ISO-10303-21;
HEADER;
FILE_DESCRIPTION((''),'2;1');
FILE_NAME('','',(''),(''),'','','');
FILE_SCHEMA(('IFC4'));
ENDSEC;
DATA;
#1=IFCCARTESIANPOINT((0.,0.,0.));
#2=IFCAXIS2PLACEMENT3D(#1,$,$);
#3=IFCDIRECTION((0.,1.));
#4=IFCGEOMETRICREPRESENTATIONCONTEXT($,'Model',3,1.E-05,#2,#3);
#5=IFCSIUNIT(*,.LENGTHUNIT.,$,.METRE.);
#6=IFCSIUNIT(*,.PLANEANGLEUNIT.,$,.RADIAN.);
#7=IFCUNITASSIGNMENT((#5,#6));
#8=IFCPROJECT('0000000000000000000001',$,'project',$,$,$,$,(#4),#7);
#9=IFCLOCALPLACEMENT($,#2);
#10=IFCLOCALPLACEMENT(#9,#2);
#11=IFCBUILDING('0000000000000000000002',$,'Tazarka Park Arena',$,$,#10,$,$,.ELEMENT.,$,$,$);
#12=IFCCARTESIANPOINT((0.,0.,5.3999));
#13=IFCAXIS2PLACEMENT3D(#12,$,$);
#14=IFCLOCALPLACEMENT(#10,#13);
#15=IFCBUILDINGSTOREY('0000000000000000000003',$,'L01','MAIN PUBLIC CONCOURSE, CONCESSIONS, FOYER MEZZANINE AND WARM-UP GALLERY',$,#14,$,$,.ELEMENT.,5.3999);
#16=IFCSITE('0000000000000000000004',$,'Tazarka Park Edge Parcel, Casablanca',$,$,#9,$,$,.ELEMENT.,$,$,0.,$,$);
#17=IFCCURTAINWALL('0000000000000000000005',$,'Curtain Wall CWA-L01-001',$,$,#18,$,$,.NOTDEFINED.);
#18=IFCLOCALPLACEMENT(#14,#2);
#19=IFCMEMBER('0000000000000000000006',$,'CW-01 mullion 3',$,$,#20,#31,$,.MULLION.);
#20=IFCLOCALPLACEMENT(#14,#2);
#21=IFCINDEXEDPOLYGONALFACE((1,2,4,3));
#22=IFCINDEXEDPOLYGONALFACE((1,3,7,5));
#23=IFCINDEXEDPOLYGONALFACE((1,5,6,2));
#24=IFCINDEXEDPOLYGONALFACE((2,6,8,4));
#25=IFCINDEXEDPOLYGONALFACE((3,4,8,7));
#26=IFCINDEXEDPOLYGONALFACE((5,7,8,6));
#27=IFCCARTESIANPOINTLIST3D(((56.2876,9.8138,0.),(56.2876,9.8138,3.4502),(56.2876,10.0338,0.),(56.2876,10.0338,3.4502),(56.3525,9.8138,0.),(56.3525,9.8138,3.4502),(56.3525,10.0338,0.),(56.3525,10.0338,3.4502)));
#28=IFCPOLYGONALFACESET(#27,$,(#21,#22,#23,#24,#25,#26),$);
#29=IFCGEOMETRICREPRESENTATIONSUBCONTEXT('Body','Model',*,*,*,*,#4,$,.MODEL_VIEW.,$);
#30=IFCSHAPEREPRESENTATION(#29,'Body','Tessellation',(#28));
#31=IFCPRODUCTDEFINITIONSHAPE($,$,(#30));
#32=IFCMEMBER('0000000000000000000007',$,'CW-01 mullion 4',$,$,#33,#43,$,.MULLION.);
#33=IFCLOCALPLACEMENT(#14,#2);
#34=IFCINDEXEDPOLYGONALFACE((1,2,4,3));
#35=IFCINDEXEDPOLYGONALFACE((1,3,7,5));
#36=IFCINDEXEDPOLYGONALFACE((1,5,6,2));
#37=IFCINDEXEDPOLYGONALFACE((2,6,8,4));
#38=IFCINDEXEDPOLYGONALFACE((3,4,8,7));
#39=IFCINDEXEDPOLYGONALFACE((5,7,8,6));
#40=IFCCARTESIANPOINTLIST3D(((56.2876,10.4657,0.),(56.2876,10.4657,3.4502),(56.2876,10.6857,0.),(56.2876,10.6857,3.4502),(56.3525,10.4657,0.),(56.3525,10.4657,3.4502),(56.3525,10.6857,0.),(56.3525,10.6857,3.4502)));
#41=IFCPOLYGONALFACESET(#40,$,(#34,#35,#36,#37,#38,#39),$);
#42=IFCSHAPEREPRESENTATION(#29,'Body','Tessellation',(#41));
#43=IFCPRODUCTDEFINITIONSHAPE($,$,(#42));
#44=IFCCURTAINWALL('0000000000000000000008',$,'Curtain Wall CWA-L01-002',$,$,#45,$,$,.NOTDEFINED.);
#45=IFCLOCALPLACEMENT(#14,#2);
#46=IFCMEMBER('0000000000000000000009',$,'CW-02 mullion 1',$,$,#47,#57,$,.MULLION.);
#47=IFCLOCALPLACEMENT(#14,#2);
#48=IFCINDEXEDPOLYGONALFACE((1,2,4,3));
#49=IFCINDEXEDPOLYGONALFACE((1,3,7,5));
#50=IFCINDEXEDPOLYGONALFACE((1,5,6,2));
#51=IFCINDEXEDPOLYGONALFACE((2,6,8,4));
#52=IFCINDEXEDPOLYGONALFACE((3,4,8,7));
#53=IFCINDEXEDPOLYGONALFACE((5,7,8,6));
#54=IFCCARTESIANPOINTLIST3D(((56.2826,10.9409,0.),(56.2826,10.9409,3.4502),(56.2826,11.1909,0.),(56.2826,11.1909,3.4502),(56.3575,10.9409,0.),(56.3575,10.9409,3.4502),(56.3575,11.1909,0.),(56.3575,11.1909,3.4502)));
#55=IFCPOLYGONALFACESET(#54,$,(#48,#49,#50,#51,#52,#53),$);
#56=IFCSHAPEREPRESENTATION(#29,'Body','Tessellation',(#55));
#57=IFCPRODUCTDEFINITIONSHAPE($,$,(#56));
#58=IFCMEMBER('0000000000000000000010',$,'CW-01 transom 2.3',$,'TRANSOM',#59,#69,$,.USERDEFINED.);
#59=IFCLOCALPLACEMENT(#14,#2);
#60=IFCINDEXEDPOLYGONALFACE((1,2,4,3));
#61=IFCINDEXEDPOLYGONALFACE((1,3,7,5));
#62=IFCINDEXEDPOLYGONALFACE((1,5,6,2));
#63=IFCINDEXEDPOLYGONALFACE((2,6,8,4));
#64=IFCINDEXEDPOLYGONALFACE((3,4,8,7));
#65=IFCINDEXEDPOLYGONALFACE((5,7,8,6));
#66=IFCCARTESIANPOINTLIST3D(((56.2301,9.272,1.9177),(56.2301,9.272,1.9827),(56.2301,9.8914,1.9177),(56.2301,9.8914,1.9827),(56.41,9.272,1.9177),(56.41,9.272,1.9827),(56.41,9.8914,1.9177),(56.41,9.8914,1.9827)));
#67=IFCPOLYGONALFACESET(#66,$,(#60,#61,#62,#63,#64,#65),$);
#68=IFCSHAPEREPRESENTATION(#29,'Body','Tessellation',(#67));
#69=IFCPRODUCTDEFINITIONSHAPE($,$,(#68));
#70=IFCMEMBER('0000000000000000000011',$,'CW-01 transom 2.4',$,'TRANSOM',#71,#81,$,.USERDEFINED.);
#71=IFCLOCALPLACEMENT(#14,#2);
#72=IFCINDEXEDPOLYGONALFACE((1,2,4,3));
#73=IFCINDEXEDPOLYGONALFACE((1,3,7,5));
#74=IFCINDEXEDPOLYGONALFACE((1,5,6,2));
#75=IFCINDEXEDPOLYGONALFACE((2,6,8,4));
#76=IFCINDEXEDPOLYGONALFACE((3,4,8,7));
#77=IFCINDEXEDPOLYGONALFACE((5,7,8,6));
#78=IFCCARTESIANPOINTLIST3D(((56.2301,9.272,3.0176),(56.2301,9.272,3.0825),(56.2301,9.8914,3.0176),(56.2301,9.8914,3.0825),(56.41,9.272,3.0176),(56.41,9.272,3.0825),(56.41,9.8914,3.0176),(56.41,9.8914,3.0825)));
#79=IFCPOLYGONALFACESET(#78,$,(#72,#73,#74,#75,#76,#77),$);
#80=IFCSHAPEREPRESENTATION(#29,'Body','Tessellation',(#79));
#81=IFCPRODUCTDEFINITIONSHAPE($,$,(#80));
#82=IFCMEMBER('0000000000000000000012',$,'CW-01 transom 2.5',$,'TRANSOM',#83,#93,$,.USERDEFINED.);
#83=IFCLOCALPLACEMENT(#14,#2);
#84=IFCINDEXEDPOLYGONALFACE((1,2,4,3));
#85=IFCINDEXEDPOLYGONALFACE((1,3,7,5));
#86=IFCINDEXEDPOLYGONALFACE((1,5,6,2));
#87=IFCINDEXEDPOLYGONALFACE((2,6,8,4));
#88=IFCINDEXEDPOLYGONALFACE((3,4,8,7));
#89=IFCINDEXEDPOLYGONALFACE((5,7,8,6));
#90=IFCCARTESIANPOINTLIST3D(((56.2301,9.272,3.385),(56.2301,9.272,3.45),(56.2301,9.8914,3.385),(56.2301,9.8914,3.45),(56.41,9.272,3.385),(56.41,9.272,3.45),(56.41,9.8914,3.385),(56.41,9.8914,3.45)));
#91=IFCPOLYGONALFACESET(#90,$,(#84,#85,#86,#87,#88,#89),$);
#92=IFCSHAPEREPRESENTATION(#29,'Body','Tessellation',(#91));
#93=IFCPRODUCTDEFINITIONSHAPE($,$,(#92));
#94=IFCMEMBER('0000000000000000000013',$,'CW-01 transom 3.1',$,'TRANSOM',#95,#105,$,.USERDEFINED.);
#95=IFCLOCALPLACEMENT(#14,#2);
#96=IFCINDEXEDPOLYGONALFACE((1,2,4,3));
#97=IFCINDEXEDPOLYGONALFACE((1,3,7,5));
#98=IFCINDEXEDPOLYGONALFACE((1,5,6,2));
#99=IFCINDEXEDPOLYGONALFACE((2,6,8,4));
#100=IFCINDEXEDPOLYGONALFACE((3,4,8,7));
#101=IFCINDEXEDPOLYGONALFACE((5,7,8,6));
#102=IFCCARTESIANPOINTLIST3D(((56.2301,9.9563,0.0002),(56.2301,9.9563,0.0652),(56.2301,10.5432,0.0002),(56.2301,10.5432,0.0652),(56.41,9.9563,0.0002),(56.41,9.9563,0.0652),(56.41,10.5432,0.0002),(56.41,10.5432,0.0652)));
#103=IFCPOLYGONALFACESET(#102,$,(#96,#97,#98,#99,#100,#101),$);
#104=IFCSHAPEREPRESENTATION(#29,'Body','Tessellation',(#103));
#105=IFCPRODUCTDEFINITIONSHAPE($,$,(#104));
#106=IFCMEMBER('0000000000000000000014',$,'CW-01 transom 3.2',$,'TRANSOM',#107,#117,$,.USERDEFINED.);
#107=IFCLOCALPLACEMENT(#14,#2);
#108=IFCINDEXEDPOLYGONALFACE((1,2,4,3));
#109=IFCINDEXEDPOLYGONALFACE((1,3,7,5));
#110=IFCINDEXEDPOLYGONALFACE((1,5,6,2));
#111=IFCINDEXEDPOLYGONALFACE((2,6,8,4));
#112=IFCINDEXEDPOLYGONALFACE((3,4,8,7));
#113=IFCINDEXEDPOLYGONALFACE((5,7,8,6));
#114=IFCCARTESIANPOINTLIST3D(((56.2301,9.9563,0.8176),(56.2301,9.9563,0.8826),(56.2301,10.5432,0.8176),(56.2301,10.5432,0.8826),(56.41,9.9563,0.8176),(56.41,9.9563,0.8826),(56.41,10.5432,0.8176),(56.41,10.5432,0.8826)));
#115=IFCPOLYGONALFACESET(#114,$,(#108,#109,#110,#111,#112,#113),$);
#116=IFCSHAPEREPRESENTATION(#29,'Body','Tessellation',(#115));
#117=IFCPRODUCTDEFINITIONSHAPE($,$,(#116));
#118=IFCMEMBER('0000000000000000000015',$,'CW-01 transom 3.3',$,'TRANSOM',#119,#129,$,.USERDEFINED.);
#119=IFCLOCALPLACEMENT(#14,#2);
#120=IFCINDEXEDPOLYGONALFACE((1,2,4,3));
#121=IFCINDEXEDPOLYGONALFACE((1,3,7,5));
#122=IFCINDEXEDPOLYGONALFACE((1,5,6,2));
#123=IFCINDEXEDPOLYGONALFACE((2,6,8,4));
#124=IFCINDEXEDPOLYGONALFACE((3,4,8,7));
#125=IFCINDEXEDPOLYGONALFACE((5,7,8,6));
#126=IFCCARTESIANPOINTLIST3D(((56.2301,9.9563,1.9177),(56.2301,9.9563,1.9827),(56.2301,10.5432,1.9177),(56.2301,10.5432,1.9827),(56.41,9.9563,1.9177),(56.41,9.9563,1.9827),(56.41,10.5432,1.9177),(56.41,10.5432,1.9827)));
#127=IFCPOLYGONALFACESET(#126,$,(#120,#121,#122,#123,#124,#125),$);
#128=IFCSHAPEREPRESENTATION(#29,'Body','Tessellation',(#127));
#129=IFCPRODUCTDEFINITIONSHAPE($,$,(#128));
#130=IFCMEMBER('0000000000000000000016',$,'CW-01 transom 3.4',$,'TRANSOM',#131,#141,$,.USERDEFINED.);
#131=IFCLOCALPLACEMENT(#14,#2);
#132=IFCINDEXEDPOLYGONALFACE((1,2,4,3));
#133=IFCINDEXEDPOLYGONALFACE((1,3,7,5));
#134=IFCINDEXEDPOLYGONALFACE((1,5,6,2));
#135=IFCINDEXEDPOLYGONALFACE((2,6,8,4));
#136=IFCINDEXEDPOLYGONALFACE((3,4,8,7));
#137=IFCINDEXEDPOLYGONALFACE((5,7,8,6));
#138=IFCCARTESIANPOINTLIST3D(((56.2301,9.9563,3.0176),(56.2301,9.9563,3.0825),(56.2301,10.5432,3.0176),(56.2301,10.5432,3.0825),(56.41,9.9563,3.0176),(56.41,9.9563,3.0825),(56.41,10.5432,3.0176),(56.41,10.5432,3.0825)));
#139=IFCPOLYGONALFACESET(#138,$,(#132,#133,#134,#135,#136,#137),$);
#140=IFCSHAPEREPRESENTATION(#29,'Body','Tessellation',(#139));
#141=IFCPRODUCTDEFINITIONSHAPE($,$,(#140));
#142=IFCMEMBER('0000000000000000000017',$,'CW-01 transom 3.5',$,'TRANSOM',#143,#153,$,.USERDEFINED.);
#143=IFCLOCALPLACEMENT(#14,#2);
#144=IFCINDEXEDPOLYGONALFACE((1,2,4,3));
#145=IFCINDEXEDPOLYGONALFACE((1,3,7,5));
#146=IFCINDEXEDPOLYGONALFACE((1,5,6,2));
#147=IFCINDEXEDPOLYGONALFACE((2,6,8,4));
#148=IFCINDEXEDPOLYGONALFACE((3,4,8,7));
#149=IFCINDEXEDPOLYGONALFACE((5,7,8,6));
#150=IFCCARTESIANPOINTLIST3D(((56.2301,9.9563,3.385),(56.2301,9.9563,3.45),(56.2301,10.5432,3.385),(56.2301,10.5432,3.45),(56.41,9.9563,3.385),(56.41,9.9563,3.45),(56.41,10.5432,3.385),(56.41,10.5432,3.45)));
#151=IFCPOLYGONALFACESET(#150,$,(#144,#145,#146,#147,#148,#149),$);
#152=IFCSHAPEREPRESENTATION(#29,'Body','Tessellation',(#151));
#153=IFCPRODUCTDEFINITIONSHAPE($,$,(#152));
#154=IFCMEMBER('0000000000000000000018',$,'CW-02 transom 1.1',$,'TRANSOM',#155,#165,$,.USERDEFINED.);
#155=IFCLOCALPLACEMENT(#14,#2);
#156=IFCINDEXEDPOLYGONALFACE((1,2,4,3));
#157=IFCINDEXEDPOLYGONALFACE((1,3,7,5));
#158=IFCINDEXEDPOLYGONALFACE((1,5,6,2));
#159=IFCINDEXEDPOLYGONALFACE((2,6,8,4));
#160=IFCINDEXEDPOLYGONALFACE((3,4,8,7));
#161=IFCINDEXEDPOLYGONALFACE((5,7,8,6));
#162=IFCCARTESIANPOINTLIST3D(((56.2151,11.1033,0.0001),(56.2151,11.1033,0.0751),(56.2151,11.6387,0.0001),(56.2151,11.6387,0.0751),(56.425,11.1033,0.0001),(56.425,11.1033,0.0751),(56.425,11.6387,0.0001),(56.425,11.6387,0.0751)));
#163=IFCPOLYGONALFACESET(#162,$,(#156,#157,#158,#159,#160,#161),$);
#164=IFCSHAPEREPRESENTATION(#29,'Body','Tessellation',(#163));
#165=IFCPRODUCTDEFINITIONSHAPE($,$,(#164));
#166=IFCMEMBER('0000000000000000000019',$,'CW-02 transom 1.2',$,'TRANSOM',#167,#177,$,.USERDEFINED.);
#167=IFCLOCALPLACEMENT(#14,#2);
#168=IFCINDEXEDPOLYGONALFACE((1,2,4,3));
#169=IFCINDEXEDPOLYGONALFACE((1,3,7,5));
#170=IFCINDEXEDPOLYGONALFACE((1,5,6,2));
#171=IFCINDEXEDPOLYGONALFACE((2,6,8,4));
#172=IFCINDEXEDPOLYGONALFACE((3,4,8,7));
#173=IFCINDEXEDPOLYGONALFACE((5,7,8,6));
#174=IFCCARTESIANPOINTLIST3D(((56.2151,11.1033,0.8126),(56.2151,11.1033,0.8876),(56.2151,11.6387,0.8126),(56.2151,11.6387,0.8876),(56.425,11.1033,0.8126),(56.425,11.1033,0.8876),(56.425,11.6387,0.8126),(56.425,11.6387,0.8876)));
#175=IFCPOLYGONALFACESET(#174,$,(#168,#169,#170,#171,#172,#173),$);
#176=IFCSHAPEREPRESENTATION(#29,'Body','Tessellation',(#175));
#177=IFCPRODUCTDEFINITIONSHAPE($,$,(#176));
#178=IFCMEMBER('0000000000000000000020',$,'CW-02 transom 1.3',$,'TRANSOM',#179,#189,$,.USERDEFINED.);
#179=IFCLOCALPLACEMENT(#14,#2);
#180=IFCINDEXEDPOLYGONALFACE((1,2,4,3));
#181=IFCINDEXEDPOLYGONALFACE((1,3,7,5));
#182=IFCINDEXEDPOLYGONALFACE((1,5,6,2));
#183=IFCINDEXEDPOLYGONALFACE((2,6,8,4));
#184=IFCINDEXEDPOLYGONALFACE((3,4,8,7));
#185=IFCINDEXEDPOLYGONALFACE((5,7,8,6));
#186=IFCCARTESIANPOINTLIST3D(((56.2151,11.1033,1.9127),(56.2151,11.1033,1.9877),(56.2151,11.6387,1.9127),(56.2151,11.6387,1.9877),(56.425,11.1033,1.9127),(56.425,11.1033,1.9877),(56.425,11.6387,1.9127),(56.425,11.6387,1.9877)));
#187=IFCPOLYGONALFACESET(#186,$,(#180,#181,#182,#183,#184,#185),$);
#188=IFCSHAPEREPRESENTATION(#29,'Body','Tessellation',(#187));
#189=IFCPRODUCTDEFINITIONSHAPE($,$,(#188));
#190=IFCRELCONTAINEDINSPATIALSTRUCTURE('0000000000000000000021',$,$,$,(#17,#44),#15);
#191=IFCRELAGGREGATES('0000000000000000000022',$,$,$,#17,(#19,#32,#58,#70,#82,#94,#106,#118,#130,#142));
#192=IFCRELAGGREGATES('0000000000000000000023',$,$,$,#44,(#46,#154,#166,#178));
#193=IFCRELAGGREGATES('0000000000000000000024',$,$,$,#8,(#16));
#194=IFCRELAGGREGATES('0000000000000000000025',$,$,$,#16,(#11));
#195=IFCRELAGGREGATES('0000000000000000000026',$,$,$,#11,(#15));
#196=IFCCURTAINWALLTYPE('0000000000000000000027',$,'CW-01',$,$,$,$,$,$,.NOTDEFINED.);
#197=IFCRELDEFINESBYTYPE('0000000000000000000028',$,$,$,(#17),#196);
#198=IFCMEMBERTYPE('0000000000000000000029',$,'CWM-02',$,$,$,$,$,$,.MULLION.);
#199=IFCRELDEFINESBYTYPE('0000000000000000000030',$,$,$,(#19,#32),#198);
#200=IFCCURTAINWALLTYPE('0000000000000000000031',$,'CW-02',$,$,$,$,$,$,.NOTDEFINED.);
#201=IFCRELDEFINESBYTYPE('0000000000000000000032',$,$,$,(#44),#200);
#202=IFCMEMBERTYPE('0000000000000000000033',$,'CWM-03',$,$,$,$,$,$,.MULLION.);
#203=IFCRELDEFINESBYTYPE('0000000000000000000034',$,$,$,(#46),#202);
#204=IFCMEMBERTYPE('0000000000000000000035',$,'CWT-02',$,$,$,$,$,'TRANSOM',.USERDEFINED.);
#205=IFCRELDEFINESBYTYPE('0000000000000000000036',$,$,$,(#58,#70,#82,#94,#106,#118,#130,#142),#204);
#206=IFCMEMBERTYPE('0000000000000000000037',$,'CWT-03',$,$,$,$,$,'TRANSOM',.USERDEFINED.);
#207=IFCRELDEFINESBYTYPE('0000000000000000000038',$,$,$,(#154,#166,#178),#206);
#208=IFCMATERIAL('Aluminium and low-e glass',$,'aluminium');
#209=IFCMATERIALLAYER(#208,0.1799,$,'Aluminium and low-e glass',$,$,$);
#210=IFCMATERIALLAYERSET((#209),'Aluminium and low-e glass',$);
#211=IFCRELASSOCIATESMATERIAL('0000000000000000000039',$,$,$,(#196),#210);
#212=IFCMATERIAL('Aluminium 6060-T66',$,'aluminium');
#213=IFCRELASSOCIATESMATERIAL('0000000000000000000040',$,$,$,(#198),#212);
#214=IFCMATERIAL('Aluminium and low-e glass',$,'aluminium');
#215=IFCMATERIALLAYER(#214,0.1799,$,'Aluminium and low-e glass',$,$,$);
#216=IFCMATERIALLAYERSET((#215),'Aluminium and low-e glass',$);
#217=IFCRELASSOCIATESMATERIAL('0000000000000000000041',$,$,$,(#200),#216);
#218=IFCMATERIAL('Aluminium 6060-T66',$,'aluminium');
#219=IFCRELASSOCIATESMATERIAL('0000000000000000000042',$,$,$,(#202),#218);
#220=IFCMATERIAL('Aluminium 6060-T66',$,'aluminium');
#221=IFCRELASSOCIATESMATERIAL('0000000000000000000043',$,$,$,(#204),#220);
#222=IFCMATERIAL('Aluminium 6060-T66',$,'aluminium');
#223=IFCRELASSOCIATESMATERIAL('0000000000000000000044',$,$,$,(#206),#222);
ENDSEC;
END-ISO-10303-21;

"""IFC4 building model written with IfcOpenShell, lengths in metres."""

from ifc_helpers import new_model, si_unit, direction, frame, origin, origin_2d, place, context, subcontext, project, spatial, rectangle, extrude, material, layer, layer_set, material_profile, profile_set, type_object, element, aggregate, save


model = new_model("IFC4")

# Units and contexts
model_context = context("Model", 3, precision=1e-05, world=origin(), true_north=direction((0.0, 1.0)))
body_context = subcontext(model_context, "Body", "Model", "MODEL_VIEW")
ifc_project = project(units=[si_unit("LENGTHUNIT", "METRE"), si_unit("PLANEANGLEUNIT", "RADIAN")], contexts=[model_context])

# Site, building, storey
site_placement = place(None, origin())
site = spatial("IfcSite", under=ifc_project, at=site_placement, Name="Tazarka Park Edge Parcel, Casablanca", CompositionType="ELEMENT", RefElevation=0.0)
building_placement = place(site_placement, origin())
building = spatial("IfcBuilding", under=site, at=building_placement, Name="Tazarka Park Arena", CompositionType="ELEMENT")
storey_placement = place(building_placement, frame((0.0, 0.0, 5.3999)))
storey = spatial("IfcBuildingStorey", under=building, at=storey_placement, Name="L01", Description="MAIN PUBLIC CONCOURSE, CONCESSIONS, FOYER MEZZANINE AND WARM-UP GALLERY", CompositionType="ELEMENT", Elevation=5.3999)

# Curtain wall, members
ifc_material_1 = material(Name="Aluminium and low-e glass", Category="aluminium")
ifc_layer_1 = layer(ifc_material_1, 0.1799, Name="Aluminium and low-e glass")
ifc_layer_set_1 = layer_set([ifc_layer_1], Name="Aluminium and low-e glass")
curtain_wall_type_1 = type_object("IfcCurtainWallType", Name="CW-01", PredefinedType="NOTDEFINED", material=ifc_layer_set_1)
curtain_wall_1_placement = place(storey_placement, origin())
curtain_wall_1 = element("IfcCurtainWall", 1, at=curtain_wall_1_placement, inside=storey, type_object=curtain_wall_type_1, Name="Curtain Wall CWA-L01-001", PredefinedType="NOTDEFINED")
ifc_material_2 = material(Name="Aluminium 6060-T66", Category="aluminium")
ifc_material_profile_1 = material_profile(ifc_material_2, rectangle(XDim=0.0649, YDim=0.22, at=origin_2d()), Name="Aluminium 6060-T66")
ifc_profile_set_1 = profile_set([ifc_material_profile_1], Name="Aluminium 6060-T66")
member_type_1 = type_object("IfcMemberType", Name="CWM-02", PredefinedType="MULLION", material=ifc_profile_set_1)
member_1_placement = place(storey_placement, frame((56.3201, 9.9238, 0.0), z_axis=(0.0, 0.0, 1.0), x_axis=(-1.0, 0.0, 0.0)))
member_1 = element("IfcMember", 2, at=member_1_placement, type_object=member_type_1, Name="CW-01 mullion 3", PredefinedType="MULLION", context=body_context, shape_type="SweptSolid", body=[
    extrude(rectangle(XDim=0.0649, YDim=0.22, at=origin_2d()), origin(), (0.0, 0.0, 1.0), 3.4502),
])
member_2_placement = place(storey_placement, frame((56.3201, 10.5757, 0.0), z_axis=(0.0, 0.0, 1.0), x_axis=(-1.0, 0.0, 0.0)))
member_2 = element("IfcMember", 3, at=member_2_placement, type_object=member_type_1, Name="CW-01 mullion 4", PredefinedType="MULLION", context=body_context, shape_type="SweptSolid", body=[
    extrude(rectangle(XDim=0.0649, YDim=0.22, at=origin_2d()), origin(), (0.0, 0.0, 1.0), 3.4502),
])

# Curtain wall, member
ifc_material_3 = material(Name="Aluminium and low-e glass", Category="aluminium")
ifc_layer_2 = layer(ifc_material_3, 0.1799, Name="Aluminium and low-e glass")
ifc_layer_set_2 = layer_set([ifc_layer_2], Name="Aluminium and low-e glass")
curtain_wall_type_2 = type_object("IfcCurtainWallType", Name="CW-02", PredefinedType="NOTDEFINED", material=ifc_layer_set_2)
curtain_wall_2_placement = place(storey_placement, origin())
curtain_wall_2 = element("IfcCurtainWall", 4, at=curtain_wall_2_placement, inside=storey, type_object=curtain_wall_type_2, Name="Curtain Wall CWA-L01-002", PredefinedType="NOTDEFINED")
ifc_material_4 = material(Name="Aluminium 6060-T66", Category="aluminium")
ifc_material_profile_2 = material_profile(ifc_material_4, rectangle(XDim=0.075, YDim=0.25, at=origin_2d()), Name="Aluminium 6060-T66")
ifc_profile_set_2 = profile_set([ifc_material_profile_2], Name="Aluminium 6060-T66")
member_type_2 = type_object("IfcMemberType", Name="CWM-03", PredefinedType="MULLION", material=ifc_profile_set_2)
member_3_placement = place(storey_placement, frame((56.3201, 11.0659, 0.0), z_axis=(0.0, 0.0, 1.0), x_axis=(-1.0, 0.0, 0.0)))
member_3 = element("IfcMember", 5, at=member_3_placement, type_object=member_type_2, Name="CW-02 mullion 1", PredefinedType="MULLION", context=body_context, shape_type="SweptSolid", body=[
    extrude(rectangle(XDim=0.075, YDim=0.25, at=origin_2d()), origin(), (0.0, 0.0, 1.0), 3.4502),
])

# Members
ifc_material_5 = material(Name="Aluminium 6060-T66", Category="aluminium")
ifc_material_profile_3 = material_profile(ifc_material_5, rectangle(XDim=0.1799, YDim=0.0649, at=origin_2d()), Name="Aluminium 6060-T66")
ifc_profile_set_3 = profile_set([ifc_material_profile_3], Name="Aluminium 6060-T66")
member_type_3 = type_object("IfcMemberType", Name="CWT-02", ElementType="TRANSOM", PredefinedType="USERDEFINED", material=ifc_profile_set_3)
member_4_placement = place(storey_placement, frame((56.3201, 9.272, 1.9502), z_axis=(0.0, 1.0, 0.0), x_axis=(-1.0, 0.0, 0.0)))
member_4 = element("IfcMember", 6, at=member_4_placement, type_object=member_type_3, Name="CW-01 transom 2.3", ObjectType="TRANSOM", PredefinedType="USERDEFINED", context=body_context, shape_type="SweptSolid", body=[
    extrude(rectangle(XDim=0.1799, YDim=0.0649, at=origin_2d()), origin(), (0.0, 0.0, 1.0), 0.6194),
])
member_5_placement = place(storey_placement, frame((56.3201, 9.272, 3.05), z_axis=(0.0, 1.0, 0.0), x_axis=(-1.0, 0.0, 0.0)))
member_5 = element("IfcMember", 7, at=member_5_placement, type_object=member_type_3, Name="CW-01 transom 2.4", ObjectType="TRANSOM", PredefinedType="USERDEFINED", context=body_context, shape_type="SweptSolid", body=[
    extrude(rectangle(XDim=0.1799, YDim=0.0649, at=origin_2d()), origin(), (0.0, 0.0, 1.0), 0.6194),
])
member_6_placement = place(storey_placement, frame((56.3201, 9.272, 3.4175), z_axis=(0.0, 1.0, 0.0), x_axis=(-1.0, 0.0, 0.0)))
member_6 = element("IfcMember", 8, at=member_6_placement, type_object=member_type_3, Name="CW-01 transom 2.5", ObjectType="TRANSOM", PredefinedType="USERDEFINED", context=body_context, shape_type="SweptSolid", body=[
    extrude(rectangle(XDim=0.1799, YDim=0.0649, at=origin_2d()), origin(), (0.0, 0.0, 1.0), 0.6194),
])
member_7_placement = place(storey_placement, frame((56.3201, 9.9563, 0.0327), z_axis=(0.0, 1.0, 0.0), x_axis=(-1.0, 0.0, 0.0)))
member_7 = element("IfcMember", 9, at=member_7_placement, type_object=member_type_3, Name="CW-01 transom 3.1", ObjectType="TRANSOM", PredefinedType="USERDEFINED", context=body_context, shape_type="SweptSolid", body=[
    extrude(rectangle(XDim=0.1799, YDim=0.0649, at=origin_2d()), origin(), (0.0, 0.0, 1.0), 0.5869),
])
member_8_placement = place(storey_placement, frame((56.3201, 9.9563, 0.8501), z_axis=(0.0, 1.0, 0.0), x_axis=(-1.0, 0.0, 0.0)))
member_8 = element("IfcMember", 10, at=member_8_placement, type_object=member_type_3, Name="CW-01 transom 3.2", ObjectType="TRANSOM", PredefinedType="USERDEFINED", context=body_context, shape_type="SweptSolid", body=[
    extrude(rectangle(XDim=0.1799, YDim=0.0649, at=origin_2d()), origin(), (0.0, 0.0, 1.0), 0.5869),
])
member_9_placement = place(storey_placement, frame((56.3201, 9.9563, 1.9502), z_axis=(0.0, 1.0, 0.0), x_axis=(-1.0, 0.0, 0.0)))
member_9 = element("IfcMember", 11, at=member_9_placement, type_object=member_type_3, Name="CW-01 transom 3.3", ObjectType="TRANSOM", PredefinedType="USERDEFINED", context=body_context, shape_type="SweptSolid", body=[
    extrude(rectangle(XDim=0.1799, YDim=0.0649, at=origin_2d()), origin(), (0.0, 0.0, 1.0), 0.5869),
])
member_10_placement = place(storey_placement, frame((56.3201, 9.9563, 3.05), z_axis=(0.0, 1.0, 0.0), x_axis=(-1.0, 0.0, 0.0)))
member_10 = element("IfcMember", 12, at=member_10_placement, type_object=member_type_3, Name="CW-01 transom 3.4", ObjectType="TRANSOM", PredefinedType="USERDEFINED", context=body_context, shape_type="SweptSolid", body=[
    extrude(rectangle(XDim=0.1799, YDim=0.0649, at=origin_2d()), origin(), (0.0, 0.0, 1.0), 0.5869),
])
member_11_placement = place(storey_placement, frame((56.3201, 9.9563, 3.4175), z_axis=(0.0, 1.0, 0.0), x_axis=(-1.0, 0.0, 0.0)))
member_11 = element("IfcMember", 13, at=member_11_placement, type_object=member_type_3, Name="CW-01 transom 3.5", ObjectType="TRANSOM", PredefinedType="USERDEFINED", context=body_context, shape_type="SweptSolid", body=[
    extrude(rectangle(XDim=0.1799, YDim=0.0649, at=origin_2d()), origin(), (0.0, 0.0, 1.0), 0.5869),
])
ifc_material_6 = material(Name="Aluminium 6060-T66", Category="aluminium")
ifc_material_profile_4 = material_profile(ifc_material_6, rectangle(XDim=0.21, YDim=0.075, at=origin_2d()), Name="Aluminium 6060-T66")
ifc_profile_set_4 = profile_set([ifc_material_profile_4], Name="Aluminium 6060-T66")
member_type_4 = type_object("IfcMemberType", Name="CWT-03", ElementType="TRANSOM", PredefinedType="USERDEFINED", material=ifc_profile_set_4)
member_12_placement = place(storey_placement, frame((56.3201, 11.1033, 0.0376), z_axis=(0.0, 1.0, 0.0), x_axis=(-1.0, 0.0, 0.0)))
member_12 = element("IfcMember", 14, at=member_12_placement, type_object=member_type_4, Name="CW-02 transom 1.1", ObjectType="TRANSOM", PredefinedType="USERDEFINED", context=body_context, shape_type="SweptSolid", body=[
    extrude(rectangle(XDim=0.21, YDim=0.075, at=origin_2d()), origin(), (0.0, 0.0, 1.0), 0.5354),
])
member_13_placement = place(storey_placement, frame((56.3201, 11.1033, 0.8501), z_axis=(0.0, 1.0, 0.0), x_axis=(-1.0, 0.0, 0.0)))
member_13 = element("IfcMember", 15, at=member_13_placement, type_object=member_type_4, Name="CW-02 transom 1.2", ObjectType="TRANSOM", PredefinedType="USERDEFINED", context=body_context, shape_type="SweptSolid", body=[
    extrude(rectangle(XDim=0.21, YDim=0.075, at=origin_2d()), origin(), (0.0, 0.0, 1.0), 0.5354),
])
member_14_placement = place(storey_placement, frame((56.3201, 11.1033, 1.9502), z_axis=(0.0, 1.0, 0.0), x_axis=(-1.0, 0.0, 0.0)))
member_14 = element("IfcMember", 16, at=member_14_placement, type_object=member_type_4, Name="CW-02 transom 1.3", ObjectType="TRANSOM", PredefinedType="USERDEFINED", context=body_context, shape_type="SweptSolid", body=[
    extrude(rectangle(XDim=0.21, YDim=0.075, at=origin_2d()), origin(), (0.0, 0.0, 1.0), 0.5354),
])

aggregate(curtain_wall_1, [member_1, member_2, member_4, member_5, member_6, member_7, member_8, member_9, member_10, member_11])
aggregate(curtain_wall_2, [member_3, member_12, member_13, member_14])

save(model, "model.ifc")
